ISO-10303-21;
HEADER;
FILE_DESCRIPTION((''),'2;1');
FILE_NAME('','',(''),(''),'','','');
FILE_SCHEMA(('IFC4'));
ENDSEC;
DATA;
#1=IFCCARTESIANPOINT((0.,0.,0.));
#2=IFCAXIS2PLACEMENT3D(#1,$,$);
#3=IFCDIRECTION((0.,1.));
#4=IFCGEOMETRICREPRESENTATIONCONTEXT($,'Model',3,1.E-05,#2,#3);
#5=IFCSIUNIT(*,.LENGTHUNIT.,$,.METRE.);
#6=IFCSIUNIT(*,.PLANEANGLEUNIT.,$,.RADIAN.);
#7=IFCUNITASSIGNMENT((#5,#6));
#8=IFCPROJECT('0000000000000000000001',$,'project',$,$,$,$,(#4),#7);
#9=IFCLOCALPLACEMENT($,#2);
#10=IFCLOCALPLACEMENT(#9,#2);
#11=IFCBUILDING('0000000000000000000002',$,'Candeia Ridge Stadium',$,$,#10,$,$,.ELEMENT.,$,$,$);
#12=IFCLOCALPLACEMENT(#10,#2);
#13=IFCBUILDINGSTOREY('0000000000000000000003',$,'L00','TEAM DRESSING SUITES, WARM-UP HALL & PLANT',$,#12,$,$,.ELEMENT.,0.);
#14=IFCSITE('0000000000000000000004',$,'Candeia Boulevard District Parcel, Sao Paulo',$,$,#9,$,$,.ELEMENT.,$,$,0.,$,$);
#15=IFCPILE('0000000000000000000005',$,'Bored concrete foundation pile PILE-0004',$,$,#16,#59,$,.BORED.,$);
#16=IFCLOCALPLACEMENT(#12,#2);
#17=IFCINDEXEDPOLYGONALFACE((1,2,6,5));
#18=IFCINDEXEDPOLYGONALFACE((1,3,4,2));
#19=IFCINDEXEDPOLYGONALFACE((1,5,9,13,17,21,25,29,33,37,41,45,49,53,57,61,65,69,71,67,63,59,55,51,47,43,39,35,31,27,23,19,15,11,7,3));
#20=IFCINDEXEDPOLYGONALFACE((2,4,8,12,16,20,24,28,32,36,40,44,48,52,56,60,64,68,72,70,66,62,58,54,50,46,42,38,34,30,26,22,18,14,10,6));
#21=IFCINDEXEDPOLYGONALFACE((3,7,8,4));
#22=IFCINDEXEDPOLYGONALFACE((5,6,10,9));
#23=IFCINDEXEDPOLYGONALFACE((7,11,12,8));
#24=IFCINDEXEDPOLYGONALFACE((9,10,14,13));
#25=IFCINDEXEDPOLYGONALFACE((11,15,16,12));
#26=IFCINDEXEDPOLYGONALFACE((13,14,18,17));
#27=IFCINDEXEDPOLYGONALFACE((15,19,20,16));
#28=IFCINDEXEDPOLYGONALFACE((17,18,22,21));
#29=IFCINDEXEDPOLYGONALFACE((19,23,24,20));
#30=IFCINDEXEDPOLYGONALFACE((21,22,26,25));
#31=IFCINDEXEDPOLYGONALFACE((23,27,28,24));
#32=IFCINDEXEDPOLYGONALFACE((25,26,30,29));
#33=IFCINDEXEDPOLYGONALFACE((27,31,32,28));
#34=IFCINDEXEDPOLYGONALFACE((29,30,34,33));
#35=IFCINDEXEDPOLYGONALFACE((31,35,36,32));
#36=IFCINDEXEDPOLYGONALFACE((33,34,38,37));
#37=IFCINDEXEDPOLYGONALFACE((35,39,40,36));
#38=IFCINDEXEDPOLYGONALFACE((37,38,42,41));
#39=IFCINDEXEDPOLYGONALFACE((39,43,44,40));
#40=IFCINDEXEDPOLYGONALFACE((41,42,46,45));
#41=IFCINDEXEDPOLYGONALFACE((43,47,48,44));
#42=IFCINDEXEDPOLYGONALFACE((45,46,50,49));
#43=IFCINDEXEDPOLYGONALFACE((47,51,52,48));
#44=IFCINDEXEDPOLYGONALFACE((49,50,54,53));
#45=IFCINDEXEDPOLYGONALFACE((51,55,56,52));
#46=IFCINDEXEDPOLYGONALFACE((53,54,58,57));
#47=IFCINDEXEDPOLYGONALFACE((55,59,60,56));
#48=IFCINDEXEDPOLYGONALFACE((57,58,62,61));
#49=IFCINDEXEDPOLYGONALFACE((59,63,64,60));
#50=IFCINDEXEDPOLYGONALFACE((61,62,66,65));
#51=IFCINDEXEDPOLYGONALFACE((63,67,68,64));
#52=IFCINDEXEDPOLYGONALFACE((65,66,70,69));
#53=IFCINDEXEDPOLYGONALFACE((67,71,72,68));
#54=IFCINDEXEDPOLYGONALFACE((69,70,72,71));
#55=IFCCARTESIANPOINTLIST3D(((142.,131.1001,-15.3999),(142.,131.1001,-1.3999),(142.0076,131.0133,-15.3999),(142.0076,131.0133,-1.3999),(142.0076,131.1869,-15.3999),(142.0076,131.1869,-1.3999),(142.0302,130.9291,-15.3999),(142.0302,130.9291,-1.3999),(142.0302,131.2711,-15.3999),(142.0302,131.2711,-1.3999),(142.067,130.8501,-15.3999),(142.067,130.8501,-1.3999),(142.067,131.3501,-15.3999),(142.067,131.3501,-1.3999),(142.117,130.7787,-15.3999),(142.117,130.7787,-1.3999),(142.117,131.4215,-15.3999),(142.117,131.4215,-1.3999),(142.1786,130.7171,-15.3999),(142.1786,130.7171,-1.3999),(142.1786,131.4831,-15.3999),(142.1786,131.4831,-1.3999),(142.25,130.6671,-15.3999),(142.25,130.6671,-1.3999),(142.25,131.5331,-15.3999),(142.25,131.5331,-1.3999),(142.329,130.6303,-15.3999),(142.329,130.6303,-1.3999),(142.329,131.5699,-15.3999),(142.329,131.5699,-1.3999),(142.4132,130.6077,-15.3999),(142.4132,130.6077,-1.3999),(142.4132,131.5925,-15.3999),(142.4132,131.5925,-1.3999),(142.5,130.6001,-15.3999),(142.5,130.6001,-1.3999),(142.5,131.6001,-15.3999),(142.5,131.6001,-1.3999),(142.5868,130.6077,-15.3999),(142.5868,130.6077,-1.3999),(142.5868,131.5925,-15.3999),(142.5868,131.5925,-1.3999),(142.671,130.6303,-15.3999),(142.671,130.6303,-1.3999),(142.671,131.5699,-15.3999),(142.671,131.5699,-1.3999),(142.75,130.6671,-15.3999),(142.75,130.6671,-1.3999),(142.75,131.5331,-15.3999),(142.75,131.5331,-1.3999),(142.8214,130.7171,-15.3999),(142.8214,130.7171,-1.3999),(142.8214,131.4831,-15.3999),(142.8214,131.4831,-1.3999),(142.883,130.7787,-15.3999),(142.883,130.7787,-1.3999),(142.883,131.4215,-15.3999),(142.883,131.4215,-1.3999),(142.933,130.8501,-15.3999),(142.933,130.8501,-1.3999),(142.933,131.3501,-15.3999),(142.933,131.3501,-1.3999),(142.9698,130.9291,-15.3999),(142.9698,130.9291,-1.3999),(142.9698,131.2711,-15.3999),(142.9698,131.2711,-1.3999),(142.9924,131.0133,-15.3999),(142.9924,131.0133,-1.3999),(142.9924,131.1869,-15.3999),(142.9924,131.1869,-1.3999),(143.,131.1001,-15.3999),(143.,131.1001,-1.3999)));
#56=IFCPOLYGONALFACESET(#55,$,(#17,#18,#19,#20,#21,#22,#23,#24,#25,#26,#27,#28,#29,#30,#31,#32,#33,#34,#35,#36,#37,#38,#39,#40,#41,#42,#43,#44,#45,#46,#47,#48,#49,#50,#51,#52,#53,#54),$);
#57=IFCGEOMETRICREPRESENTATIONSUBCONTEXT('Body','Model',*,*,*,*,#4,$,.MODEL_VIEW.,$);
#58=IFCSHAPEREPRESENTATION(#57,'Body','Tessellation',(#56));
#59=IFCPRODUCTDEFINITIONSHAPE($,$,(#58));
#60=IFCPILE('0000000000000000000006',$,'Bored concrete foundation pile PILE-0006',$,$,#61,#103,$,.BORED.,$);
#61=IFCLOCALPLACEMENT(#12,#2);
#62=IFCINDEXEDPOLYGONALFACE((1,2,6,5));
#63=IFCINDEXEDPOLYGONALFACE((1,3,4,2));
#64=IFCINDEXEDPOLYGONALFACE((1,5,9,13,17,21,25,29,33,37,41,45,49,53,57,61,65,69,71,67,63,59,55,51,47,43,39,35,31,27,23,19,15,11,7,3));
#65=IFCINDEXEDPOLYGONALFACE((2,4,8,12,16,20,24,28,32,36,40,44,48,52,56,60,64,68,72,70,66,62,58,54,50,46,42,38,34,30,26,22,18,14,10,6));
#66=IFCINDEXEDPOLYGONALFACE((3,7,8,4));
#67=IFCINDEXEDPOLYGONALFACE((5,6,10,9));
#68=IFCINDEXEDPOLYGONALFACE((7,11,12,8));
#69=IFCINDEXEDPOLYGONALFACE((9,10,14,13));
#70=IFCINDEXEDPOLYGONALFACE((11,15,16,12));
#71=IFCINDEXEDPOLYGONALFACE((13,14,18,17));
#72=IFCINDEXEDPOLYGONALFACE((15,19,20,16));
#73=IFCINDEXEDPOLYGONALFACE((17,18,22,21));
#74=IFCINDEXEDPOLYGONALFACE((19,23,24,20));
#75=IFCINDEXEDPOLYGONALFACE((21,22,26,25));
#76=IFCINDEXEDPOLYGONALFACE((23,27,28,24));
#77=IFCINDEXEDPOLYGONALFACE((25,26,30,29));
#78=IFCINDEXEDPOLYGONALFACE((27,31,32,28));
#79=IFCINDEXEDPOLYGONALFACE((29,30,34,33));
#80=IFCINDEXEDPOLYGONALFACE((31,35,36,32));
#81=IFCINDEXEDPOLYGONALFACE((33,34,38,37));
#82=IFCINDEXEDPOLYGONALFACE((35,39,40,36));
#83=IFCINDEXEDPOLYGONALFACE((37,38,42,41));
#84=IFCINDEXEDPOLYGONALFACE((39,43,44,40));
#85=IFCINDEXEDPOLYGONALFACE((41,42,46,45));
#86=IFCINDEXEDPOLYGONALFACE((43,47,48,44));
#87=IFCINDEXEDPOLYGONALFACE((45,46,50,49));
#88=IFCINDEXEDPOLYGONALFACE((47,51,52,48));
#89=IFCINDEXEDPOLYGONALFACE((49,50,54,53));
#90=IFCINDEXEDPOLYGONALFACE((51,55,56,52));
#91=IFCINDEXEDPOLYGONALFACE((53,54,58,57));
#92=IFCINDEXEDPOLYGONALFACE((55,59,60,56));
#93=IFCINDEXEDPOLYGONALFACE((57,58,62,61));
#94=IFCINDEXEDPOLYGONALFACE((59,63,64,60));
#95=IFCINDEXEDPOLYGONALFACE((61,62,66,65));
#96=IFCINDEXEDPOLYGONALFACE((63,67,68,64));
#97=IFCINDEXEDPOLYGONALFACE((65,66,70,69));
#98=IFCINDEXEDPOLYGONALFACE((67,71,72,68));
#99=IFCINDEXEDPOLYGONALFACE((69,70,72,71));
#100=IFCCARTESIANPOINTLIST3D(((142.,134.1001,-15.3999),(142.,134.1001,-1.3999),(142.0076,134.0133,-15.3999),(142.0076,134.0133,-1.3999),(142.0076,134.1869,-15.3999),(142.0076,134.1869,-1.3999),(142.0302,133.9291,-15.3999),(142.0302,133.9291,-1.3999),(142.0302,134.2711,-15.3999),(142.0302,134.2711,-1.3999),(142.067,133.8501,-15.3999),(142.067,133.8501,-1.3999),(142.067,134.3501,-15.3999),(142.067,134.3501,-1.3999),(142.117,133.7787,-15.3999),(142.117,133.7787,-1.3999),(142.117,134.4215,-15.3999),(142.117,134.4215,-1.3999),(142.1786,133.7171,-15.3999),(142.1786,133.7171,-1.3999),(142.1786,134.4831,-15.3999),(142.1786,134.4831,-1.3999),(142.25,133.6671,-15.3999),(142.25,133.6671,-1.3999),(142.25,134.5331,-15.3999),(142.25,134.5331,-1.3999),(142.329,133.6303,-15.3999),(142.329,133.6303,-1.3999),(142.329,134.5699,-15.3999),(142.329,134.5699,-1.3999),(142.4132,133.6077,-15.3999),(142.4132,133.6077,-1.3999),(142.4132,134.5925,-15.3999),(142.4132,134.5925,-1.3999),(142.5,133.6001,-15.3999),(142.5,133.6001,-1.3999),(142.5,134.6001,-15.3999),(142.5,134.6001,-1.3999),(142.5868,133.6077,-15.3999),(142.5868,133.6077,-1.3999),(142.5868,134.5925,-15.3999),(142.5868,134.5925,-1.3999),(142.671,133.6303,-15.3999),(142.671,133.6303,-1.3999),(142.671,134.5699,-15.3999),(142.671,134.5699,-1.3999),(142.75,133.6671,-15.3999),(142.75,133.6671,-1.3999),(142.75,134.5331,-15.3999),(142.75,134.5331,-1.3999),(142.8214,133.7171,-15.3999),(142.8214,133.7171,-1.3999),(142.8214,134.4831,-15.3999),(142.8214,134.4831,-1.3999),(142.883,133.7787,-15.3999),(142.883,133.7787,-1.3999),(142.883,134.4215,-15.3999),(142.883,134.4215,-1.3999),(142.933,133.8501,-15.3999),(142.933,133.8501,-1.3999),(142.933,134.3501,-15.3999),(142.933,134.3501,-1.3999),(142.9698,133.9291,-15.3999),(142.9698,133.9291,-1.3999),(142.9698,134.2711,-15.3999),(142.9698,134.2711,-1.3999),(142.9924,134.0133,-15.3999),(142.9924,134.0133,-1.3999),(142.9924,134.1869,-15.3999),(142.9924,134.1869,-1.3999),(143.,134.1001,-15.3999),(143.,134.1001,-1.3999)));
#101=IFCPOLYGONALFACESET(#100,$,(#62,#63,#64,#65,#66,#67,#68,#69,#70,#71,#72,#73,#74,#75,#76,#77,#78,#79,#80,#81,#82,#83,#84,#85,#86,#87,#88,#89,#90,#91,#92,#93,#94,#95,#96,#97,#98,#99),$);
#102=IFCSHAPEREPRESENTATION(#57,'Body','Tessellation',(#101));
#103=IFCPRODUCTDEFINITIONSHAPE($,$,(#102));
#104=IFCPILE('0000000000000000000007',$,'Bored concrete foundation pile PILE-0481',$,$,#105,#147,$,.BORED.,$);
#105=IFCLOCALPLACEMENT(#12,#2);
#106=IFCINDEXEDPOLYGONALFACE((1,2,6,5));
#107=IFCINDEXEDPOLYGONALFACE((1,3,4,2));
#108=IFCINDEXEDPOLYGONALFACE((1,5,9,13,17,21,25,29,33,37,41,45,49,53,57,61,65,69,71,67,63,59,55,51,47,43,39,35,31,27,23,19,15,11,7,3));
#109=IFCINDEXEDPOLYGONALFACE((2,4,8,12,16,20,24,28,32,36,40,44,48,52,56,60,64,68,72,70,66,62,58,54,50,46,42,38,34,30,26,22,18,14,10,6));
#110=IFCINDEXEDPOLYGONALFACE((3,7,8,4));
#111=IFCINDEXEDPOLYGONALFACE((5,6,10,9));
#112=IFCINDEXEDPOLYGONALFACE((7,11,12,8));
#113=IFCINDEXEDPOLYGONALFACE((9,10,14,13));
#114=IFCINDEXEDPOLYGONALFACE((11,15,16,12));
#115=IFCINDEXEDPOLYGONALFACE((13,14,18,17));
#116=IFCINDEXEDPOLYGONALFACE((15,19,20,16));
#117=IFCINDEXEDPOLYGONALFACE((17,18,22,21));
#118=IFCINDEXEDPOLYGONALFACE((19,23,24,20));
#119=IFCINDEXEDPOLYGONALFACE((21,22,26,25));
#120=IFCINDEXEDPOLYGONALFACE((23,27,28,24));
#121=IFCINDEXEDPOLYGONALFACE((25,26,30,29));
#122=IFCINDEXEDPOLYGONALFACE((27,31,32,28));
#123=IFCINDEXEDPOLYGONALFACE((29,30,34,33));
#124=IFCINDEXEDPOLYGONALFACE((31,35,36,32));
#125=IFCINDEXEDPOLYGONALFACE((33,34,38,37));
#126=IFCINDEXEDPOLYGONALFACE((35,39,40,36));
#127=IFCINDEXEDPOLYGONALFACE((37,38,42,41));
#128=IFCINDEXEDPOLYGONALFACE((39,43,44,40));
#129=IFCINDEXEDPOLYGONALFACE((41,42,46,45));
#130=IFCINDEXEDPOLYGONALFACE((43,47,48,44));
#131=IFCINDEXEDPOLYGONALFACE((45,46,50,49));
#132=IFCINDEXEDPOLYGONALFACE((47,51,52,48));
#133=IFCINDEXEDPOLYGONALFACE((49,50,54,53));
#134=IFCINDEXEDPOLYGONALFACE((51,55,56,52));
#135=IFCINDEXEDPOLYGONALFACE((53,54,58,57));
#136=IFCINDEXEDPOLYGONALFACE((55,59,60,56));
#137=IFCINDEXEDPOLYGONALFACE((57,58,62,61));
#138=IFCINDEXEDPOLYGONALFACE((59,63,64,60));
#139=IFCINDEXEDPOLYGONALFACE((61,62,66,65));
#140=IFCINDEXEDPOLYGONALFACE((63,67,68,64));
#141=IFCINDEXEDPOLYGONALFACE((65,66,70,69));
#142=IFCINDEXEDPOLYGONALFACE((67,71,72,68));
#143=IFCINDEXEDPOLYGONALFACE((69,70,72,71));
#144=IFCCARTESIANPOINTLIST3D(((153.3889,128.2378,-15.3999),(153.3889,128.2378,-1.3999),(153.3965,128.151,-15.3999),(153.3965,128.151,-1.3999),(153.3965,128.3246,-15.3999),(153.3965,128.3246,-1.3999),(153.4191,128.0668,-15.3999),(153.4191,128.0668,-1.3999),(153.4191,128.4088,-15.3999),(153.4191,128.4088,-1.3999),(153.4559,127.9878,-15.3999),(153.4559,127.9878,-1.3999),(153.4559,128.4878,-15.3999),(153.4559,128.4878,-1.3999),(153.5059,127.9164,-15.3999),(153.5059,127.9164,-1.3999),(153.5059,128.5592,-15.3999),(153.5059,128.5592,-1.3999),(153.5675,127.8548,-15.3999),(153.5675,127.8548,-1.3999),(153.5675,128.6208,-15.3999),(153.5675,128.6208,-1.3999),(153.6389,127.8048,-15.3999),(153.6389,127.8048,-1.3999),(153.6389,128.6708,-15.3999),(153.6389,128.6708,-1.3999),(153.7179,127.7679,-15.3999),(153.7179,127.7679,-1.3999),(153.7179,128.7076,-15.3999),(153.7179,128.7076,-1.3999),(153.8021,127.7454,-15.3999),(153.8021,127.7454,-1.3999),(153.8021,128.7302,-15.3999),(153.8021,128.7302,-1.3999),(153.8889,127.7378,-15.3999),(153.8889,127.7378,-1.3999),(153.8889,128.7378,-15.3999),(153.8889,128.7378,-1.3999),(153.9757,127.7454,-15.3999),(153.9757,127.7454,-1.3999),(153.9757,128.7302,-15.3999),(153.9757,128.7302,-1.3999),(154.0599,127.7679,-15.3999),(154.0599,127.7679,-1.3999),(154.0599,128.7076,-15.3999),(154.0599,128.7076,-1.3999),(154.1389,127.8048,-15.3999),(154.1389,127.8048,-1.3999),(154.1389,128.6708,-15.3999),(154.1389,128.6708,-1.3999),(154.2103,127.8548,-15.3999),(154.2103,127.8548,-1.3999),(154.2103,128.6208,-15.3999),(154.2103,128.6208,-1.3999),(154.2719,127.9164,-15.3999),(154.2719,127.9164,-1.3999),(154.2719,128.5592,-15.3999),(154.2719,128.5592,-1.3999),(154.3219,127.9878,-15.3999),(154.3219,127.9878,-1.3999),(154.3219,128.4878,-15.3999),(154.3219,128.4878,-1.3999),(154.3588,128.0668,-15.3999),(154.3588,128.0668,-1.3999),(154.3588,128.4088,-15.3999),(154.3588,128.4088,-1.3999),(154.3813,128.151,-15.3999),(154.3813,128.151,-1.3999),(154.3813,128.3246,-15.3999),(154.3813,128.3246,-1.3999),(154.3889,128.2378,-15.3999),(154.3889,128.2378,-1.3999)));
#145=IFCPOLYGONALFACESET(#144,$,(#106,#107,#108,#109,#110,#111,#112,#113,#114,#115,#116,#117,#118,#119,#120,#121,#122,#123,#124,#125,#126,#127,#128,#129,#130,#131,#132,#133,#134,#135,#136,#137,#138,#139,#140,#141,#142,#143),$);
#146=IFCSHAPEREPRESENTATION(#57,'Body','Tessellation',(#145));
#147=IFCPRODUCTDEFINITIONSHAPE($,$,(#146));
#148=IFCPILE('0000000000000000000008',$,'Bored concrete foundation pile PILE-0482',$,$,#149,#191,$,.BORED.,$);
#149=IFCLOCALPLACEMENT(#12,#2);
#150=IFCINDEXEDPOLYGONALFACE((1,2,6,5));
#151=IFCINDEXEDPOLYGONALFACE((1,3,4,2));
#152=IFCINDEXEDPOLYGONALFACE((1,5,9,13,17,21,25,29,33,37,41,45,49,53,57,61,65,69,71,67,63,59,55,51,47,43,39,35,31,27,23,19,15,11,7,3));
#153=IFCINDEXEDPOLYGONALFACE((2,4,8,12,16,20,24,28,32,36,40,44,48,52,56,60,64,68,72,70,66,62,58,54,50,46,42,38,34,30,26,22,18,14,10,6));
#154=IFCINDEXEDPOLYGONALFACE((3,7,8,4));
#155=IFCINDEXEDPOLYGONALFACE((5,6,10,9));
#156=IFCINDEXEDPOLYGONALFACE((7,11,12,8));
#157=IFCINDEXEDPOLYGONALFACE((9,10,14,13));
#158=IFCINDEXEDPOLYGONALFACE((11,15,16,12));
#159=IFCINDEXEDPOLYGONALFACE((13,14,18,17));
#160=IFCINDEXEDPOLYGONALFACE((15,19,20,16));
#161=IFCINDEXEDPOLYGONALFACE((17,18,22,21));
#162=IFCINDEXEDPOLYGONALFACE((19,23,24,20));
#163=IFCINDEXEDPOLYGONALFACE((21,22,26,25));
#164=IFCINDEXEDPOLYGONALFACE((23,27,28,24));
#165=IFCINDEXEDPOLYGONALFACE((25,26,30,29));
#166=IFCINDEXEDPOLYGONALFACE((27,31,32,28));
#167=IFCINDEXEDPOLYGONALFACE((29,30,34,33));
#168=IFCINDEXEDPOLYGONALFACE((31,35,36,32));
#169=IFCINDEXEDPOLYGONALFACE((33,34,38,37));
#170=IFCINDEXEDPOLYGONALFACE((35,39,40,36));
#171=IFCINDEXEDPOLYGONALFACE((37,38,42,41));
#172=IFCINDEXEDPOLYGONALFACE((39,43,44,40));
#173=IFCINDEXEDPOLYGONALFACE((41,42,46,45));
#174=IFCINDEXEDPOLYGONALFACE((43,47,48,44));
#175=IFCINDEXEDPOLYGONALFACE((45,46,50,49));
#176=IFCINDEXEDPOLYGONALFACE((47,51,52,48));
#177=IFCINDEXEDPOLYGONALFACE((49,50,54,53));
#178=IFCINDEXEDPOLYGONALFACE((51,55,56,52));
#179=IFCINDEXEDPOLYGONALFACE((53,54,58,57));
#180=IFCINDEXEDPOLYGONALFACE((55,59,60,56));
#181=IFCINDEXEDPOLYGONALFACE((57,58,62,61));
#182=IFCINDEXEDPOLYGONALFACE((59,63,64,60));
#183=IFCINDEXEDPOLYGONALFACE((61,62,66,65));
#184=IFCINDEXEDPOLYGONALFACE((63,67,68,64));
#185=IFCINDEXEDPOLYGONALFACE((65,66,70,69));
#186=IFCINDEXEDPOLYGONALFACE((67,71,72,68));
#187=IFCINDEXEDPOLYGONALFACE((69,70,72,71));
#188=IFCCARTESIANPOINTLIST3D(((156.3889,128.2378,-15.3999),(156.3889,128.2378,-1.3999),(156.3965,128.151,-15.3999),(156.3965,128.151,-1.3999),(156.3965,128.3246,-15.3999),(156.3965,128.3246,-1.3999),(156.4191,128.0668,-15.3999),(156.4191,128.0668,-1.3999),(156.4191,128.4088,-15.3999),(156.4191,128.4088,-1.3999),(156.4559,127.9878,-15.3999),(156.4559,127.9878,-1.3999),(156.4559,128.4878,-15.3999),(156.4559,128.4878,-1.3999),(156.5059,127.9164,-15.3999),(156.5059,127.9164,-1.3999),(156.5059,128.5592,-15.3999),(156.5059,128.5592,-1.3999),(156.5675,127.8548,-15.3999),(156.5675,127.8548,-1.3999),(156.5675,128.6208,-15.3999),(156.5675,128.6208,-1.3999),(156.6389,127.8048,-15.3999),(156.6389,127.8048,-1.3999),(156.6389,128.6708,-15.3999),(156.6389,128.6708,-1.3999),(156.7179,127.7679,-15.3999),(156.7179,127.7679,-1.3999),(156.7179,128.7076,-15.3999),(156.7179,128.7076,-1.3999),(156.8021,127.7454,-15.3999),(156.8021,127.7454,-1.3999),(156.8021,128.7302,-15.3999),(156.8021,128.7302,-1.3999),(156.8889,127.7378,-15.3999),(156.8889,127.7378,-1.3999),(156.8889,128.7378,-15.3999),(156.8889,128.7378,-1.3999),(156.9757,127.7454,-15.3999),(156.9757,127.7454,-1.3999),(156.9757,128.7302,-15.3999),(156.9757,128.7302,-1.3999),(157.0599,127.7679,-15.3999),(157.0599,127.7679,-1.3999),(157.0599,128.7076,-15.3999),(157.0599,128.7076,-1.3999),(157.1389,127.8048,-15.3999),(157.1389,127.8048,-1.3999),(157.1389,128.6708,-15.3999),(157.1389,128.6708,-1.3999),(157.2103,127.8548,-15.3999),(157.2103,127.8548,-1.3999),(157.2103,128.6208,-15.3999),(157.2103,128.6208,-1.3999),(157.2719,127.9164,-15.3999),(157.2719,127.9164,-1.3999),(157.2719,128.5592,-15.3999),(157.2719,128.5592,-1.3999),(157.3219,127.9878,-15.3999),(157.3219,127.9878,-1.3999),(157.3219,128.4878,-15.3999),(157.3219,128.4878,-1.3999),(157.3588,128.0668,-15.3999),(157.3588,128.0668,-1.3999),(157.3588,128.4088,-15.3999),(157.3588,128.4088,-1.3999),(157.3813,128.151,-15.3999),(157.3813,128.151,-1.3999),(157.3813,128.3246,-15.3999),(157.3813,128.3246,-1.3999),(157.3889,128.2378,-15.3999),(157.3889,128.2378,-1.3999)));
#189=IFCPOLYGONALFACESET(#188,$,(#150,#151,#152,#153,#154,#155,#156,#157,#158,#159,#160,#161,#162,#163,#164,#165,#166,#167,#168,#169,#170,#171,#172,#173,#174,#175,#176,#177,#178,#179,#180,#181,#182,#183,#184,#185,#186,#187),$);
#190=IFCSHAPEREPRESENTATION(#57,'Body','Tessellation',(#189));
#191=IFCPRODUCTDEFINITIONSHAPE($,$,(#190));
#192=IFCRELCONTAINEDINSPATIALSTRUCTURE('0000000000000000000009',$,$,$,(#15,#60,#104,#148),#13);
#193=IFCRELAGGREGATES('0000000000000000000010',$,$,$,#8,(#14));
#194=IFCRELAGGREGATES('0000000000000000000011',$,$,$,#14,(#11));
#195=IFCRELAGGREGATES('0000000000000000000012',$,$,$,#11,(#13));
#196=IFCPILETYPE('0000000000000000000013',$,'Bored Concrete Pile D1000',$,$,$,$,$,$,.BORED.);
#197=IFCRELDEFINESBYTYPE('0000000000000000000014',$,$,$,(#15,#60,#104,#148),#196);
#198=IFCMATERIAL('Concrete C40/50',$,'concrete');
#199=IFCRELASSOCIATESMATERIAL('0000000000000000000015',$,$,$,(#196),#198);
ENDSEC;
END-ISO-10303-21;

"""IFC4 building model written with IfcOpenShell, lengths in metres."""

from ifc_helpers import new_model, si_unit, direction, frame, origin, origin_2d, place, context, subcontext, project, spatial, circle, extrude, material, material_profile, profile_set, type_object, element, save


model = new_model("IFC4")

# Units and contexts
model_context = context("Model", 3, precision=1e-05, world=origin(), true_north=direction((0.0, 1.0)))
body_context = subcontext(model_context, "Body", "Model", "MODEL_VIEW")
ifc_project = project(units=[si_unit("LENGTHUNIT", "METRE"), si_unit("PLANEANGLEUNIT", "RADIAN")], contexts=[model_context])

# Site, building, storey
site_placement = place(None, origin())
site = spatial("IfcSite", under=ifc_project, at=site_placement, Name="Candeia Boulevard District Parcel, Sao Paulo", CompositionType="ELEMENT", RefElevation=0.0)
building_placement = place(site_placement, origin())
building = spatial("IfcBuilding", under=site, at=building_placement, Name="Candeia Ridge Stadium", CompositionType="ELEMENT")
storey_placement = place(building_placement, origin())
storey = spatial("IfcBuildingStorey", under=building, at=storey_placement, Name="L00", Description="TEAM DRESSING SUITES, WARM-UP HALL & PLANT", CompositionType="ELEMENT", Elevation=0.0)

# Piles
ifc_material_1 = material(Name="Concrete C40/50", Category="concrete")
ifc_material_profile_1 = material_profile(ifc_material_1, circle(Radius=0.5, at=origin_2d()), Name="PILE-D1000", Category="concrete")
ifc_profile_set_1 = profile_set([ifc_material_profile_1], Name="Concrete C40/50")
pile_type_1 = type_object("IfcPileType", Name="Bored Concrete Pile D1000", PredefinedType="BORED", material=ifc_profile_set_1)
for number, where, z_axis, x_axis, name in (
    (1, (142.5, 131.1001, -1.3999), (0.0, 0.0, -1.0), (1.0, 0.0, 0.0), "Bored concrete foundation pile PILE-0004"),
    (2, (142.5, 134.1001, -1.3999), (0.0, 0.0, -1.0), (1.0, 0.0, 0.0), "Bored concrete foundation pile PILE-0006"),
    (3, (153.8889, 128.2378, -1.3999), (0.0, 0.0, -1.0), (1.0, 0.0, 0.0), "Bored concrete foundation pile PILE-0481"),
    (4, (156.8889, 128.2378, -1.3999), (0.0, 0.0, -1.0), (1.0, 0.0, 0.0), "Bored concrete foundation pile PILE-0482"),
):
    element("IfcPile", number, at=place(storey_placement, frame(where, z_axis=z_axis, x_axis=x_axis)), inside=storey, type_object=pile_type_1, Name=name, PredefinedType="BORED", context=body_context, shape_type="SweptSolid", body=[
        extrude(circle(Radius=0.5, at=origin_2d()), origin(), (0.0, 0.0, 1.0), 14.0),
    ])

save(model, "model.ifc")
